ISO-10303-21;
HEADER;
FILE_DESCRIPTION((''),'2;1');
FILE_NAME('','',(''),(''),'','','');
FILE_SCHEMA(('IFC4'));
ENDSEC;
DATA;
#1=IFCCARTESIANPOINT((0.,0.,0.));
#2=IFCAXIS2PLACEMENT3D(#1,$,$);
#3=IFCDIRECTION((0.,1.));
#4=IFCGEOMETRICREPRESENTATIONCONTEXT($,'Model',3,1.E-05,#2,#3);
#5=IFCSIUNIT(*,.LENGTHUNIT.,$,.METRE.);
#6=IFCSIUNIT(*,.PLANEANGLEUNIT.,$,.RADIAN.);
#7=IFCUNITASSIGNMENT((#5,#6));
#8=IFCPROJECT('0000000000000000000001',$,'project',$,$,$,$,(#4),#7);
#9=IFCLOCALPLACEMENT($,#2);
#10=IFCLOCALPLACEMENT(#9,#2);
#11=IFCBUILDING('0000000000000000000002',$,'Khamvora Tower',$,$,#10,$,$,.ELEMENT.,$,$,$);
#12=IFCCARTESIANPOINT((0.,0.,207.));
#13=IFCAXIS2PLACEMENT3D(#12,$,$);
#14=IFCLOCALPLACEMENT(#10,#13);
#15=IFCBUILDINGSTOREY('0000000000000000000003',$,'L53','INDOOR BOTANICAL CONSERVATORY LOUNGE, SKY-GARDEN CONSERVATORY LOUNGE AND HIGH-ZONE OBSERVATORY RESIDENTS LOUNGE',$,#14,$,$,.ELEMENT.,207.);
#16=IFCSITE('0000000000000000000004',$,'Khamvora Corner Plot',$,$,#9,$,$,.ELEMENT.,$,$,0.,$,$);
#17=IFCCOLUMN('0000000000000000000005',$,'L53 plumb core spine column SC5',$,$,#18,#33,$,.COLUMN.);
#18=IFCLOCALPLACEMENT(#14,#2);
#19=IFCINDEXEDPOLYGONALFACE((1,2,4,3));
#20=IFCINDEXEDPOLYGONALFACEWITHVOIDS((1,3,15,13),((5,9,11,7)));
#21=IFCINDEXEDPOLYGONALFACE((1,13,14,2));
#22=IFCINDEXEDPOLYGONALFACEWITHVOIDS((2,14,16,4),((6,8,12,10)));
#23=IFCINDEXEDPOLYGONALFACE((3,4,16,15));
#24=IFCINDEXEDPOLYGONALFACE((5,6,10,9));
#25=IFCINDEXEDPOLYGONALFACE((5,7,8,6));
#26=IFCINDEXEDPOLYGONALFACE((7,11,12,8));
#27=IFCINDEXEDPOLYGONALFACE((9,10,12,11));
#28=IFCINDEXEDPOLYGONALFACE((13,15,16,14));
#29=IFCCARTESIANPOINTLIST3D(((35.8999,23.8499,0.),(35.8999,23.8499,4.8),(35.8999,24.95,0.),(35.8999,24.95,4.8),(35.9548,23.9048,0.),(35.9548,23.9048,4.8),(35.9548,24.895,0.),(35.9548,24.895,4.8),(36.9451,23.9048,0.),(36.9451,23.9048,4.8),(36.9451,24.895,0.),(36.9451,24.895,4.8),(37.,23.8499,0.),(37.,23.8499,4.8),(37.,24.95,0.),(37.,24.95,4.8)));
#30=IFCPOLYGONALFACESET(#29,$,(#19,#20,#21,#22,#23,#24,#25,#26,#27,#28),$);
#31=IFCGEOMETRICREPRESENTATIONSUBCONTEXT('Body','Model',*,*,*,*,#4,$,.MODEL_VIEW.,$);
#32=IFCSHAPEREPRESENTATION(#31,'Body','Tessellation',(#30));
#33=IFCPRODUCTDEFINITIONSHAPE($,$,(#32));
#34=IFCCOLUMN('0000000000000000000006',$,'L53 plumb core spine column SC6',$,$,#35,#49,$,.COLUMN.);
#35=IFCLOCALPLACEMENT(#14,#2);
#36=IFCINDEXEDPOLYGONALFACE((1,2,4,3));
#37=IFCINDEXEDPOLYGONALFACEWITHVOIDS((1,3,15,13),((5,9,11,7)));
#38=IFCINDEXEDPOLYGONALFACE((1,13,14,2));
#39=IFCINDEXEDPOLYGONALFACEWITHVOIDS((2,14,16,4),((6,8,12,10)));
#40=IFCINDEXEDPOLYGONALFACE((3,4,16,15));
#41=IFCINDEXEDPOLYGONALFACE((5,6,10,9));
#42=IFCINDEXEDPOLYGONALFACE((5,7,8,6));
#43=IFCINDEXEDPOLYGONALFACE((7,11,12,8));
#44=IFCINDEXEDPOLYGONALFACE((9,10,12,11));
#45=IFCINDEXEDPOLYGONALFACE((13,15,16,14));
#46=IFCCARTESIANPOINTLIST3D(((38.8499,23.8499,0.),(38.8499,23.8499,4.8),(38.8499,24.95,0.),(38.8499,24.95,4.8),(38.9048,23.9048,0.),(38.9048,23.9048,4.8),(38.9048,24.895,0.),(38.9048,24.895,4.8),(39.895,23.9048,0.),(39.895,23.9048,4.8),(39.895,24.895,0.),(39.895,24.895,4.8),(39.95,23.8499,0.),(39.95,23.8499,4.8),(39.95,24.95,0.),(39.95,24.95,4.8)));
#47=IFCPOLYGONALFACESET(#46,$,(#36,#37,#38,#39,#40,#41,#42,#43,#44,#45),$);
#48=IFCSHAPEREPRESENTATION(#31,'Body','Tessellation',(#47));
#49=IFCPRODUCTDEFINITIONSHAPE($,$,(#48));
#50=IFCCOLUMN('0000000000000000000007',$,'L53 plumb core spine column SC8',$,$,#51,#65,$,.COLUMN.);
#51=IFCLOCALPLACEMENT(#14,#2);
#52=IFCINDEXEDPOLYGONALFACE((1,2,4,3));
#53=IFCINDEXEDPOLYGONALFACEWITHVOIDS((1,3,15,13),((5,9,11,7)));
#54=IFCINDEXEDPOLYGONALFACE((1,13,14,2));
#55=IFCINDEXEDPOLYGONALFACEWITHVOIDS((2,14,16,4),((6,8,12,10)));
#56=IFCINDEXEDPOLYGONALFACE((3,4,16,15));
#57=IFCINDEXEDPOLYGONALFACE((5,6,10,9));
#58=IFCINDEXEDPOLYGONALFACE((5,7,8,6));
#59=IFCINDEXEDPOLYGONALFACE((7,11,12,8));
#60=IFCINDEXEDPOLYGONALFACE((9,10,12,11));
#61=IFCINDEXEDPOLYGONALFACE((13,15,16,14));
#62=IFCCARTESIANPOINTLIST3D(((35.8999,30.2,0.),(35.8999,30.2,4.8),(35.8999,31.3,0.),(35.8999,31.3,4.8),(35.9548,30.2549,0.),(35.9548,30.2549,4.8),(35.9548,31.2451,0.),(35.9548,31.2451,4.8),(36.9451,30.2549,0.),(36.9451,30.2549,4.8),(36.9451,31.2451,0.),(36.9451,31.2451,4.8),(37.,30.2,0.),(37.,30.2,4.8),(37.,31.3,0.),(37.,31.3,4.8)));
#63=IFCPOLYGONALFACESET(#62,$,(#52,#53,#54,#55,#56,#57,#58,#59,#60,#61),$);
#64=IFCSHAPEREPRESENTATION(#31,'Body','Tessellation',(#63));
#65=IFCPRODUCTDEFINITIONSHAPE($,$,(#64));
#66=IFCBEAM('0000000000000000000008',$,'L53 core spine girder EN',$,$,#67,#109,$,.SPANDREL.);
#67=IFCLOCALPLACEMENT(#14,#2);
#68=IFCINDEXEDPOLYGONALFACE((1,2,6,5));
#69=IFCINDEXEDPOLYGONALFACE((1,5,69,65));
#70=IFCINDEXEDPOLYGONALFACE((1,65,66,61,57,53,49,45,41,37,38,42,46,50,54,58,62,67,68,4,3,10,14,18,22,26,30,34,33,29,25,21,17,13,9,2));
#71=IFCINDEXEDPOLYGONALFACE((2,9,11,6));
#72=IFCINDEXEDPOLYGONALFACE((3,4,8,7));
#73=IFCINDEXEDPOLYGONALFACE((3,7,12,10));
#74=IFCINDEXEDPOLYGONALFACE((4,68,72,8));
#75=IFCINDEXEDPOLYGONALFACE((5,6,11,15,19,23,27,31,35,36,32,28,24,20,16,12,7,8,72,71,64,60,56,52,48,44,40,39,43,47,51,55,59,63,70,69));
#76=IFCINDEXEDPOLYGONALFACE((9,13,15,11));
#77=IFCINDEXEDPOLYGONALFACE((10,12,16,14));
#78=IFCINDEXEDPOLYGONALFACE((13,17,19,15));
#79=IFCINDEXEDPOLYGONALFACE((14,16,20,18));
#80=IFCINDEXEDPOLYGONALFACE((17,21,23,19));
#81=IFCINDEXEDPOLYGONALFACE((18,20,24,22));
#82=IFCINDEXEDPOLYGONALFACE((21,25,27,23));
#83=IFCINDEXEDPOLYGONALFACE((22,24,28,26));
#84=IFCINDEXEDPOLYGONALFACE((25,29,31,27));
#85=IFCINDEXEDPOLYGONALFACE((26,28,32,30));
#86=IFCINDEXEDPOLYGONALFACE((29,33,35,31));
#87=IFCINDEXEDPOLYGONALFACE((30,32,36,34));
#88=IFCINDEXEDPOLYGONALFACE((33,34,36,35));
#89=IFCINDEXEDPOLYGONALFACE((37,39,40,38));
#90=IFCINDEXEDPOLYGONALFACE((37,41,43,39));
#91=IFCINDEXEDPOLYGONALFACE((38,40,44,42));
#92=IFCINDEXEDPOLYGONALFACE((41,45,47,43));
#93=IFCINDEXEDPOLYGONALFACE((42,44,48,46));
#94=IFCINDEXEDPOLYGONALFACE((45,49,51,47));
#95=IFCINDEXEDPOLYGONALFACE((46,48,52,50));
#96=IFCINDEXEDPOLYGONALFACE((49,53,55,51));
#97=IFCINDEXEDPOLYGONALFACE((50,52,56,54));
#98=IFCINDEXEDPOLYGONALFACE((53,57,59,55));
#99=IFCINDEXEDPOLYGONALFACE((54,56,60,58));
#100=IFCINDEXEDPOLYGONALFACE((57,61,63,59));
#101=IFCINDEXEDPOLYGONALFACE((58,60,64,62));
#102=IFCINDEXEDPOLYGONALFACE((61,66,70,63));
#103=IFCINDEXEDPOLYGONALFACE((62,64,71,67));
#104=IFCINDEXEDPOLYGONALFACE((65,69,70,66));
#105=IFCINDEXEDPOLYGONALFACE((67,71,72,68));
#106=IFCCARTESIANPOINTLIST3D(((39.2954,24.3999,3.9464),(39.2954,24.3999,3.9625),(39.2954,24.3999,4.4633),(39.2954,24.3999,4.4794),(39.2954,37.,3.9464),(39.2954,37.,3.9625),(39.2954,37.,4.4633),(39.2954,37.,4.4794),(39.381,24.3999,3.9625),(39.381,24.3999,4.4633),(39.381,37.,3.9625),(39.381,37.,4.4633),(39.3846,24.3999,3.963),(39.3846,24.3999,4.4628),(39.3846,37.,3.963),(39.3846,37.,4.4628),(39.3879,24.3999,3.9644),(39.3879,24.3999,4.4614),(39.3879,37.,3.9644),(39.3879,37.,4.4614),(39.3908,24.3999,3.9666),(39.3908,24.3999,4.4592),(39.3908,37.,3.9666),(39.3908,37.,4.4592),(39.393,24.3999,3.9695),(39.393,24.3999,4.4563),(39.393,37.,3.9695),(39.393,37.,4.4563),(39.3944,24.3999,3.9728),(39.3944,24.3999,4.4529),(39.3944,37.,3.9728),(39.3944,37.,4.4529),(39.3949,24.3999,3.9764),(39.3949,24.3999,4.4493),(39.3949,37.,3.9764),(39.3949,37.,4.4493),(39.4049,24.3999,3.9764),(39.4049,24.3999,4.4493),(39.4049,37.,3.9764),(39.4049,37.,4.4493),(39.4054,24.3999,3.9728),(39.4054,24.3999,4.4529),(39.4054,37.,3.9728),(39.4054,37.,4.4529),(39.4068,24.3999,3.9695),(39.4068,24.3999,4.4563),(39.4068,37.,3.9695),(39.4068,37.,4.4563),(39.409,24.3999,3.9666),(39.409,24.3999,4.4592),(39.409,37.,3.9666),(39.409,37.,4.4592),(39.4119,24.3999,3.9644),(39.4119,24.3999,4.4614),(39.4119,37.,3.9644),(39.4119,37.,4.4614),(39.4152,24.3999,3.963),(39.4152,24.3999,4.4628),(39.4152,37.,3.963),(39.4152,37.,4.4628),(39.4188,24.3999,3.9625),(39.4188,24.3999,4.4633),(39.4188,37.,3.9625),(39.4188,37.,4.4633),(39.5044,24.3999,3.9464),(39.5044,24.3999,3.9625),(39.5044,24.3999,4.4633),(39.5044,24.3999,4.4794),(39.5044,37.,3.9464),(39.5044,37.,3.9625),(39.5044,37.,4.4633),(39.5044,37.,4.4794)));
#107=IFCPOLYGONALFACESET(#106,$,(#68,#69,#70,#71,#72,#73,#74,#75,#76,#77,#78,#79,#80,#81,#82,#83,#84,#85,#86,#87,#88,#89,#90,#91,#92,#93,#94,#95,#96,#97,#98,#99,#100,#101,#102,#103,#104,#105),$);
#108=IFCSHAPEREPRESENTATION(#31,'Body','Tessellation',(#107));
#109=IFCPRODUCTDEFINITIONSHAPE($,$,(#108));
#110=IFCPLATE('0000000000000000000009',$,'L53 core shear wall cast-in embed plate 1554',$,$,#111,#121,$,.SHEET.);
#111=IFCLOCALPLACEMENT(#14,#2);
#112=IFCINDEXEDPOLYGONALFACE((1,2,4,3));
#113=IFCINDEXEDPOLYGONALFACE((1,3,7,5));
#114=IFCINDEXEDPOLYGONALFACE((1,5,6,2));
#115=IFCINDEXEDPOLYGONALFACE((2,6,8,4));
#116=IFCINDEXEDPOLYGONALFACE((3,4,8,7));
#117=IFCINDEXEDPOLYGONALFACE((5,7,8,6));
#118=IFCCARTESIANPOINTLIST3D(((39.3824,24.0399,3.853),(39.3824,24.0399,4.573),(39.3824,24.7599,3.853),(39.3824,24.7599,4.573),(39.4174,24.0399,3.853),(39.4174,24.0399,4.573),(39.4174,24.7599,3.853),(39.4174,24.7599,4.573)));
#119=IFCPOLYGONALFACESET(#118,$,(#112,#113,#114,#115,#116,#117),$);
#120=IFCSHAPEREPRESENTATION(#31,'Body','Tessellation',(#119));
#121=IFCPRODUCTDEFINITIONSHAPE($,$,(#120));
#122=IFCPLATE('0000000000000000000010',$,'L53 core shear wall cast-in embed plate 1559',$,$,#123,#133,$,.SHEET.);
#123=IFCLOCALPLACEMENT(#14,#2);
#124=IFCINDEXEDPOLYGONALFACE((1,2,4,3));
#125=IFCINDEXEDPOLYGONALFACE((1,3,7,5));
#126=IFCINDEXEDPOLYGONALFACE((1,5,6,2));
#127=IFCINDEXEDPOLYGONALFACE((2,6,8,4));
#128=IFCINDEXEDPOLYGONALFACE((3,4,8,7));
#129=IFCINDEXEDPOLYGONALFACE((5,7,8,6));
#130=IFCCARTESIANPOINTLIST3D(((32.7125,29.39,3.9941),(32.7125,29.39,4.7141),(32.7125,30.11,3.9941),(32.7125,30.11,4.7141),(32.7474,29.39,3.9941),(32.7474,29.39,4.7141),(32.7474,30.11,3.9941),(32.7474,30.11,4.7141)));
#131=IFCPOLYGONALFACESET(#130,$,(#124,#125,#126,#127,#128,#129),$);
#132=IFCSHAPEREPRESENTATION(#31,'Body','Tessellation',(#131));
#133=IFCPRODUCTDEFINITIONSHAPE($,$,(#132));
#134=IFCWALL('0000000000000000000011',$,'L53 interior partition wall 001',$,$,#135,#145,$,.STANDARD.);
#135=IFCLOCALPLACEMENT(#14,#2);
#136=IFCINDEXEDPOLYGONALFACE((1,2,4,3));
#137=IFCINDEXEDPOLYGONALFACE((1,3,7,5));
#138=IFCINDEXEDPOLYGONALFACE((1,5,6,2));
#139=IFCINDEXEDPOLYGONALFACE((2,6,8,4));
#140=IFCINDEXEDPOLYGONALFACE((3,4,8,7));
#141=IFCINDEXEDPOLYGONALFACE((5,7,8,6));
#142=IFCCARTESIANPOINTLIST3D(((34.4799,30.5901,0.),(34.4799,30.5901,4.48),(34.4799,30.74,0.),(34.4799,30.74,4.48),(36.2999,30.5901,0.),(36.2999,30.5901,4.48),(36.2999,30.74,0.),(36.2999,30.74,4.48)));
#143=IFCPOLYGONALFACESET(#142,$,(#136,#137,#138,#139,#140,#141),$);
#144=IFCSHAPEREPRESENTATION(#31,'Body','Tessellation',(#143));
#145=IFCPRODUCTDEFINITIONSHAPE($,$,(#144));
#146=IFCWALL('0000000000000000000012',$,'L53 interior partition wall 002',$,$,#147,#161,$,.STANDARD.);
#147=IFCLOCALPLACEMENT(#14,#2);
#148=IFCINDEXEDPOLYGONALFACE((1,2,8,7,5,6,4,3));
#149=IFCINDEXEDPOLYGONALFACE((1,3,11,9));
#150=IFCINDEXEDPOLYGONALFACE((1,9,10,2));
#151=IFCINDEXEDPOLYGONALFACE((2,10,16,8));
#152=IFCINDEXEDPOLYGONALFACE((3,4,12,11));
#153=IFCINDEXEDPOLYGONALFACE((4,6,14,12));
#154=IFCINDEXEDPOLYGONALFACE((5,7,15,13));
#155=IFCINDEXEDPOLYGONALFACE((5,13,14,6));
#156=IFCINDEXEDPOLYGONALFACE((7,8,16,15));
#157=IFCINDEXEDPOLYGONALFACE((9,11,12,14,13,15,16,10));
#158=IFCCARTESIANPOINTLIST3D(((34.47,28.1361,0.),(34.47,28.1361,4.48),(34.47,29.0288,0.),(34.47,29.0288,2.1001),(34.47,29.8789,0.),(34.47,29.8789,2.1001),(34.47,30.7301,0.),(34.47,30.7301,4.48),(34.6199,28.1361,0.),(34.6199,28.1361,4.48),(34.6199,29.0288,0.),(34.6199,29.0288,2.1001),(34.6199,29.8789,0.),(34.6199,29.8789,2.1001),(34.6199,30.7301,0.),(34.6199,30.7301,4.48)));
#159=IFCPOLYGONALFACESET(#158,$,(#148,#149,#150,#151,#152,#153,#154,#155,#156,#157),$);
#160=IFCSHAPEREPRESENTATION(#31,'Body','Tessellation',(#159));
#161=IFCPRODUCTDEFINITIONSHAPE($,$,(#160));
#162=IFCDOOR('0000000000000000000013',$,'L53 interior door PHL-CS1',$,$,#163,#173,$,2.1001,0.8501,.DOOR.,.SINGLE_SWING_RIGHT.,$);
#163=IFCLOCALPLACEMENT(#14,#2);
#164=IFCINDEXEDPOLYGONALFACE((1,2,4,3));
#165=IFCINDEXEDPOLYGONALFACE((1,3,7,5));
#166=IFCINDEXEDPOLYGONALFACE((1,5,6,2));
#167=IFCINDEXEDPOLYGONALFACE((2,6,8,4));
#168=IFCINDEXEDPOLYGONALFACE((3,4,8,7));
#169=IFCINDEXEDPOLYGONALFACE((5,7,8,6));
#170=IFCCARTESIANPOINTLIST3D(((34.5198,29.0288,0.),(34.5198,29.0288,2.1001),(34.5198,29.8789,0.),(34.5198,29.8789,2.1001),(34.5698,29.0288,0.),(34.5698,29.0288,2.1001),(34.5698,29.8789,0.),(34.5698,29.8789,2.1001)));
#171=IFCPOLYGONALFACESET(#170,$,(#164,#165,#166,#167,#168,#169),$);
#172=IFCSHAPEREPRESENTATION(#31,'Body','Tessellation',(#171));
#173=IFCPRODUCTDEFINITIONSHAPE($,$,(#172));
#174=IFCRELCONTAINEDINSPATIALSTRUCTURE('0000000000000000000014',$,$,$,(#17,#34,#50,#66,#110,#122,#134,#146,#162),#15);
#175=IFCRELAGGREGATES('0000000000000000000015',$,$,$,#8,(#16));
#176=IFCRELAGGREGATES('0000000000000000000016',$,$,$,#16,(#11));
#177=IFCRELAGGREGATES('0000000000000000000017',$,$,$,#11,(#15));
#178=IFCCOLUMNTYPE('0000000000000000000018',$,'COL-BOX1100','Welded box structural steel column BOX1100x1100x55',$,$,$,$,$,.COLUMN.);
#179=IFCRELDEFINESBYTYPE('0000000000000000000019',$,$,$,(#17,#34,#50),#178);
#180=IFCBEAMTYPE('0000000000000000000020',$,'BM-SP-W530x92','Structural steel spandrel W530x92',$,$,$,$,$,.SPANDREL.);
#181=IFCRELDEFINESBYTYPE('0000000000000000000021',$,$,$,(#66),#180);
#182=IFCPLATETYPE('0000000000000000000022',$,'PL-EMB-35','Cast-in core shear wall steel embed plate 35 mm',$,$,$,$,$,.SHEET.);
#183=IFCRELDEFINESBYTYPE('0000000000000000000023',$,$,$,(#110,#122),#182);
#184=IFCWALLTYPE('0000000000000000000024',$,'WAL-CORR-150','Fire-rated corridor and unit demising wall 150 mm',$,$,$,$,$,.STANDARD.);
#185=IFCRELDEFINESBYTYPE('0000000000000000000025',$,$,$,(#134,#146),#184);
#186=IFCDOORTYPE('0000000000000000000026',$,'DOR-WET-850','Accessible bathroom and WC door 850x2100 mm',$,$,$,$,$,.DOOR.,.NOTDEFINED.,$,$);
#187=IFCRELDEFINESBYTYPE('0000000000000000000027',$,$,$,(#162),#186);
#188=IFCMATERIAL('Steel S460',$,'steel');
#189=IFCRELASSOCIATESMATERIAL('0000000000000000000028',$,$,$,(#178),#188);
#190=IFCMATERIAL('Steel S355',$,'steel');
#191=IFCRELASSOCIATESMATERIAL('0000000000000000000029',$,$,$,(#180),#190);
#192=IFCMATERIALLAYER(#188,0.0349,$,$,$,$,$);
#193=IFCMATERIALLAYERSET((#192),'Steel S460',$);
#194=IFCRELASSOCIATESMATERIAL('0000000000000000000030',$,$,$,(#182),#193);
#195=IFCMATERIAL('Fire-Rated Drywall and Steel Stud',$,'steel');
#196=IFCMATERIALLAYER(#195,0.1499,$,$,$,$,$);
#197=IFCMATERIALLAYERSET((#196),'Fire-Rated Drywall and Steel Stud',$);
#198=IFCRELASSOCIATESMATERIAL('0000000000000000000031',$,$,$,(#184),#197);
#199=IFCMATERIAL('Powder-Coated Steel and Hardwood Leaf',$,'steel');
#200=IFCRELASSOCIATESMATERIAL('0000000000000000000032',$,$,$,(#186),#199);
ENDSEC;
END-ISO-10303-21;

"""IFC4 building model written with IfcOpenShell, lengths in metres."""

from ifc_helpers import new_model, si_unit, direction, frame, frame_2d, origin, origin_2d, place, context, subcontext, project, spatial, rectangle, hollow_rectangle, i_section, extrude, material, layer, layer_set, material_profile, profile_set, type_object, element, fill, save


model = new_model("IFC4")

# Units and contexts
model_context = context("Model", 3, precision=1e-05, world=origin(), true_north=direction((0.0, 1.0)))
body_context = subcontext(model_context, "Body", "Model", "MODEL_VIEW")
ifc_project = project(units=[si_unit("LENGTHUNIT", "METRE"), si_unit("PLANEANGLEUNIT", "RADIAN")], contexts=[model_context])

# Site, building, storey
site_placement = place(None, origin())
site = spatial("IfcSite", under=ifc_project, at=site_placement, Name="Khamvora Corner Plot", CompositionType="ELEMENT", RefElevation=0.0)
building_placement = place(site_placement, origin())
building = spatial("IfcBuilding", under=site, at=building_placement, Name="Khamvora Tower", CompositionType="ELEMENT")
storey_placement = place(building_placement, frame((0.0, 0.0, 207.0)))
storey = spatial("IfcBuildingStorey", under=building, at=storey_placement, Name="L53", Description="INDOOR BOTANICAL CONSERVATORY LOUNGE, SKY-GARDEN CONSERVATORY LOUNGE AND HIGH-ZONE OBSERVATORY RESIDENTS LOUNGE", CompositionType="ELEMENT", Elevation=207.0)

# Columns
ifc_material_1 = material(Name="Steel S460", Category="steel")
ifc_material_profile_1 = material_profile(ifc_material_1, hollow_rectangle(XDim=1.1001, YDim=1.1001, WallThickness=0.0549, at=origin_2d()), Name="BOX1100x1100x55")
ifc_profile_set_1 = profile_set([ifc_material_profile_1], Name="Steel S460")
column_type = type_object("IfcColumnType", Name="COL-BOX1100", Description="Welded box structural steel column BOX1100x1100x55", PredefinedType="COLUMN", material=ifc_profile_set_1)
for number, where, z_axis, x_axis, name in (
    (1, (36.45, 24.3999, 0.0), (0.0, 0.0, 1.0), (1.0, 0.0, 0.0), "L53 plumb core spine column SC5"),
    (2, (39.3999, 24.3999, 0.0), (0.0, 0.0, 1.0), (1.0, 0.0, 0.0), "L53 plumb core spine column SC6"),
    (3, (36.45, 30.75, 0.0), (0.0, 0.0, 1.0), (1.0, 0.0, 0.0), "L53 plumb core spine column SC8"),
):
    element("IfcColumn", number, at=place(storey_placement, frame(where, z_axis=z_axis, x_axis=x_axis)), inside=storey, type_object=column_type, Name=name, PredefinedType="COLUMN", context=body_context, shape_type="SweptSolid", body=[
        extrude(hollow_rectangle(XDim=1.1001, YDim=1.1001, WallThickness=0.0549, at=origin_2d()), origin(), (0.0, 0.0, 1.0), 4.8),
    ])

# Beam
ifc_material_2 = material(Name="Steel S355", Category="steel")
ifc_material_profile_2 = material_profile(ifc_material_2, i_section(OverallWidth=0.209, OverallDepth=0.533, WebThickness=0.01, FlangeThickness=0.0161, FilletRadius=0.0139, at=origin_2d()), Name="W530x92")
ifc_profile_set_2 = profile_set([ifc_material_profile_2], Name="Steel S355")
beam_type = type_object("IfcBeamType", Name="BM-SP-W530x92", Description="Structural steel spandrel W530x92", PredefinedType="SPANDREL", material=ifc_profile_set_2)
beam_placement = place(storey_placement, frame((39.3999, 24.3999, 4.2129), z_axis=(0.0, 1.0, 0.0), x_axis=(-1.0, 0.0, 0.0)))
element("IfcBeam", 4, at=beam_placement, inside=storey, type_object=beam_type, Name="L53 core spine girder EN", PredefinedType="SPANDREL", context=body_context, shape_type="SweptSolid", body=[
    extrude(i_section(OverallWidth=0.209, OverallDepth=0.533, WebThickness=0.01, FlangeThickness=0.0161, FilletRadius=0.0139, at=origin_2d()), origin(), (0.0, 0.0, 1.0), 12.6001),
])

# Plates
ifc_layer_1 = layer(ifc_material_1, 0.0349)
ifc_layer_set_1 = layer_set([ifc_layer_1], Name="Steel S460")
plate_type = type_object("IfcPlateType", Name="PL-EMB-35", Description="Cast-in core shear wall steel embed plate 35 mm", PredefinedType="SHEET", material=ifc_layer_set_1)
for number, where, z_axis, x_axis, name in (
    (5, (39.3999, 24.3999, 3.853), (0.0, 0.0, 1.0), (1.0, 0.0, 0.0), "L53 core shear wall cast-in embed plate 1554"),
    (6, (32.73, 29.75, 3.9941), (0.0, 0.0, 1.0), (1.0, 0.0, 0.0), "L53 core shear wall cast-in embed plate 1559"),
):
    element("IfcPlate", number, at=place(storey_placement, frame(where, z_axis=z_axis, x_axis=x_axis)), inside=storey, type_object=plate_type, Name=name, PredefinedType="SHEET", context=body_context, shape_type="SweptSolid", body=[
        extrude(rectangle(XDim=0.0349, YDim=0.72, at=origin_2d()), origin(), (0.0, 0.0, 1.0), 0.72),
    ])

# Shared definitions
ifc_material_3 = material(Name="Powder-Coated Steel and Hardwood Leaf", Category="steel")

# Wall
ifc_material_4 = material(Name="Fire-Rated Drywall and Steel Stud", Category="steel")
ifc_layer_2 = layer(ifc_material_4, 0.1499)
ifc_layer_set_2 = layer_set([ifc_layer_2], Name="Fire-Rated Drywall and Steel Stud")
wall_type_1 = type_object("IfcWallType", Name="WAL-CORR-150", Description="Fire-rated corridor and unit demising wall 150 mm", PredefinedType="STANDARD", material=ifc_layer_set_2)
wall_1_placement = place(storey_placement, frame((36.3, 30.665, 0.0), z_axis=(0.0, 0.0, 1.0), x_axis=(-1.0, 0.0, 0.0)))
element("IfcWall", 7, at=wall_1_placement, inside=storey, type_object=wall_type_1, Name="L53 interior partition wall 001", PredefinedType="STANDARD", context=body_context, shape_type="SweptSolid", body=[
    extrude(rectangle(XDim=1.8201, YDim=0.1499, at=frame_2d((0.9102, 0.0))), origin(), (0.0, 0.0, 1.0), 4.48),
])

# Wall, opening, door
wall_2_placement = place(storey_placement, frame((34.5449, 30.73, 0.0), z_axis=(0.0, 0.0, 1.0), x_axis=(0.0, -1.0, 0.0)))
wall_2 = element("IfcWall", 8, at=wall_2_placement, inside=storey, type_object=wall_type_1, Name="L53 interior partition wall 002", PredefinedType="STANDARD", context=body_context, shape_type="SweptSolid", body=[
    extrude(rectangle(XDim=2.594, YDim=0.1499, at=frame_2d((1.2969, 0.0))), origin(), (0.0, 0.0, 1.0), 4.48),
])
opening_1_placement = place(wall_2_placement, frame((0.8511, 0.0, 0.0)))
opening_1 = element("IfcOpeningElement", 9, at=opening_1_placement, cuts=wall_2, PredefinedType="OPENING", context=body_context, shape_type="SweptSolid", body=[
    extrude(rectangle(XDim=0.8501, YDim=2.1001, at=frame_2d((0.425, 1.05))), frame((0.0, 0.085, 0.0), z_axis=(0.0, -1.0, 0.0), x_axis=(1.0, 0.0, 0.0)), (0.0, 0.0, 1.0), 0.1699),
])
door_type_1 = type_object("IfcDoorType", Name="DOR-WET-850", Description="Accessible bathroom and WC door 850x2100 mm", OperationType="NOTDEFINED", PredefinedType="DOOR", material=ifc_material_3)
door_1_placement = place(opening_1_placement, origin())
door_1 = element("IfcDoor", 10, at=door_1_placement, inside=storey, type_object=door_type_1, Name="L53 interior door PHL-CS1", OperationType="SINGLE_SWING_RIGHT", OverallHeight=2.1001, OverallWidth=0.8501, PredefinedType="DOOR", context=body_context, shape_type="SweptSolid", body=[
    extrude(rectangle(XDim=0.8501, YDim=2.1001, at=frame_2d((0.425, 1.05))), frame((0.0, 0.0249, 0.0), z_axis=(0.0, -1.0, 0.0), x_axis=(1.0, 0.0, 0.0)), (0.0, 0.0, 1.0), 0.05),
])
fill(opening_1, door_1)

save(model, "model.ifc")
